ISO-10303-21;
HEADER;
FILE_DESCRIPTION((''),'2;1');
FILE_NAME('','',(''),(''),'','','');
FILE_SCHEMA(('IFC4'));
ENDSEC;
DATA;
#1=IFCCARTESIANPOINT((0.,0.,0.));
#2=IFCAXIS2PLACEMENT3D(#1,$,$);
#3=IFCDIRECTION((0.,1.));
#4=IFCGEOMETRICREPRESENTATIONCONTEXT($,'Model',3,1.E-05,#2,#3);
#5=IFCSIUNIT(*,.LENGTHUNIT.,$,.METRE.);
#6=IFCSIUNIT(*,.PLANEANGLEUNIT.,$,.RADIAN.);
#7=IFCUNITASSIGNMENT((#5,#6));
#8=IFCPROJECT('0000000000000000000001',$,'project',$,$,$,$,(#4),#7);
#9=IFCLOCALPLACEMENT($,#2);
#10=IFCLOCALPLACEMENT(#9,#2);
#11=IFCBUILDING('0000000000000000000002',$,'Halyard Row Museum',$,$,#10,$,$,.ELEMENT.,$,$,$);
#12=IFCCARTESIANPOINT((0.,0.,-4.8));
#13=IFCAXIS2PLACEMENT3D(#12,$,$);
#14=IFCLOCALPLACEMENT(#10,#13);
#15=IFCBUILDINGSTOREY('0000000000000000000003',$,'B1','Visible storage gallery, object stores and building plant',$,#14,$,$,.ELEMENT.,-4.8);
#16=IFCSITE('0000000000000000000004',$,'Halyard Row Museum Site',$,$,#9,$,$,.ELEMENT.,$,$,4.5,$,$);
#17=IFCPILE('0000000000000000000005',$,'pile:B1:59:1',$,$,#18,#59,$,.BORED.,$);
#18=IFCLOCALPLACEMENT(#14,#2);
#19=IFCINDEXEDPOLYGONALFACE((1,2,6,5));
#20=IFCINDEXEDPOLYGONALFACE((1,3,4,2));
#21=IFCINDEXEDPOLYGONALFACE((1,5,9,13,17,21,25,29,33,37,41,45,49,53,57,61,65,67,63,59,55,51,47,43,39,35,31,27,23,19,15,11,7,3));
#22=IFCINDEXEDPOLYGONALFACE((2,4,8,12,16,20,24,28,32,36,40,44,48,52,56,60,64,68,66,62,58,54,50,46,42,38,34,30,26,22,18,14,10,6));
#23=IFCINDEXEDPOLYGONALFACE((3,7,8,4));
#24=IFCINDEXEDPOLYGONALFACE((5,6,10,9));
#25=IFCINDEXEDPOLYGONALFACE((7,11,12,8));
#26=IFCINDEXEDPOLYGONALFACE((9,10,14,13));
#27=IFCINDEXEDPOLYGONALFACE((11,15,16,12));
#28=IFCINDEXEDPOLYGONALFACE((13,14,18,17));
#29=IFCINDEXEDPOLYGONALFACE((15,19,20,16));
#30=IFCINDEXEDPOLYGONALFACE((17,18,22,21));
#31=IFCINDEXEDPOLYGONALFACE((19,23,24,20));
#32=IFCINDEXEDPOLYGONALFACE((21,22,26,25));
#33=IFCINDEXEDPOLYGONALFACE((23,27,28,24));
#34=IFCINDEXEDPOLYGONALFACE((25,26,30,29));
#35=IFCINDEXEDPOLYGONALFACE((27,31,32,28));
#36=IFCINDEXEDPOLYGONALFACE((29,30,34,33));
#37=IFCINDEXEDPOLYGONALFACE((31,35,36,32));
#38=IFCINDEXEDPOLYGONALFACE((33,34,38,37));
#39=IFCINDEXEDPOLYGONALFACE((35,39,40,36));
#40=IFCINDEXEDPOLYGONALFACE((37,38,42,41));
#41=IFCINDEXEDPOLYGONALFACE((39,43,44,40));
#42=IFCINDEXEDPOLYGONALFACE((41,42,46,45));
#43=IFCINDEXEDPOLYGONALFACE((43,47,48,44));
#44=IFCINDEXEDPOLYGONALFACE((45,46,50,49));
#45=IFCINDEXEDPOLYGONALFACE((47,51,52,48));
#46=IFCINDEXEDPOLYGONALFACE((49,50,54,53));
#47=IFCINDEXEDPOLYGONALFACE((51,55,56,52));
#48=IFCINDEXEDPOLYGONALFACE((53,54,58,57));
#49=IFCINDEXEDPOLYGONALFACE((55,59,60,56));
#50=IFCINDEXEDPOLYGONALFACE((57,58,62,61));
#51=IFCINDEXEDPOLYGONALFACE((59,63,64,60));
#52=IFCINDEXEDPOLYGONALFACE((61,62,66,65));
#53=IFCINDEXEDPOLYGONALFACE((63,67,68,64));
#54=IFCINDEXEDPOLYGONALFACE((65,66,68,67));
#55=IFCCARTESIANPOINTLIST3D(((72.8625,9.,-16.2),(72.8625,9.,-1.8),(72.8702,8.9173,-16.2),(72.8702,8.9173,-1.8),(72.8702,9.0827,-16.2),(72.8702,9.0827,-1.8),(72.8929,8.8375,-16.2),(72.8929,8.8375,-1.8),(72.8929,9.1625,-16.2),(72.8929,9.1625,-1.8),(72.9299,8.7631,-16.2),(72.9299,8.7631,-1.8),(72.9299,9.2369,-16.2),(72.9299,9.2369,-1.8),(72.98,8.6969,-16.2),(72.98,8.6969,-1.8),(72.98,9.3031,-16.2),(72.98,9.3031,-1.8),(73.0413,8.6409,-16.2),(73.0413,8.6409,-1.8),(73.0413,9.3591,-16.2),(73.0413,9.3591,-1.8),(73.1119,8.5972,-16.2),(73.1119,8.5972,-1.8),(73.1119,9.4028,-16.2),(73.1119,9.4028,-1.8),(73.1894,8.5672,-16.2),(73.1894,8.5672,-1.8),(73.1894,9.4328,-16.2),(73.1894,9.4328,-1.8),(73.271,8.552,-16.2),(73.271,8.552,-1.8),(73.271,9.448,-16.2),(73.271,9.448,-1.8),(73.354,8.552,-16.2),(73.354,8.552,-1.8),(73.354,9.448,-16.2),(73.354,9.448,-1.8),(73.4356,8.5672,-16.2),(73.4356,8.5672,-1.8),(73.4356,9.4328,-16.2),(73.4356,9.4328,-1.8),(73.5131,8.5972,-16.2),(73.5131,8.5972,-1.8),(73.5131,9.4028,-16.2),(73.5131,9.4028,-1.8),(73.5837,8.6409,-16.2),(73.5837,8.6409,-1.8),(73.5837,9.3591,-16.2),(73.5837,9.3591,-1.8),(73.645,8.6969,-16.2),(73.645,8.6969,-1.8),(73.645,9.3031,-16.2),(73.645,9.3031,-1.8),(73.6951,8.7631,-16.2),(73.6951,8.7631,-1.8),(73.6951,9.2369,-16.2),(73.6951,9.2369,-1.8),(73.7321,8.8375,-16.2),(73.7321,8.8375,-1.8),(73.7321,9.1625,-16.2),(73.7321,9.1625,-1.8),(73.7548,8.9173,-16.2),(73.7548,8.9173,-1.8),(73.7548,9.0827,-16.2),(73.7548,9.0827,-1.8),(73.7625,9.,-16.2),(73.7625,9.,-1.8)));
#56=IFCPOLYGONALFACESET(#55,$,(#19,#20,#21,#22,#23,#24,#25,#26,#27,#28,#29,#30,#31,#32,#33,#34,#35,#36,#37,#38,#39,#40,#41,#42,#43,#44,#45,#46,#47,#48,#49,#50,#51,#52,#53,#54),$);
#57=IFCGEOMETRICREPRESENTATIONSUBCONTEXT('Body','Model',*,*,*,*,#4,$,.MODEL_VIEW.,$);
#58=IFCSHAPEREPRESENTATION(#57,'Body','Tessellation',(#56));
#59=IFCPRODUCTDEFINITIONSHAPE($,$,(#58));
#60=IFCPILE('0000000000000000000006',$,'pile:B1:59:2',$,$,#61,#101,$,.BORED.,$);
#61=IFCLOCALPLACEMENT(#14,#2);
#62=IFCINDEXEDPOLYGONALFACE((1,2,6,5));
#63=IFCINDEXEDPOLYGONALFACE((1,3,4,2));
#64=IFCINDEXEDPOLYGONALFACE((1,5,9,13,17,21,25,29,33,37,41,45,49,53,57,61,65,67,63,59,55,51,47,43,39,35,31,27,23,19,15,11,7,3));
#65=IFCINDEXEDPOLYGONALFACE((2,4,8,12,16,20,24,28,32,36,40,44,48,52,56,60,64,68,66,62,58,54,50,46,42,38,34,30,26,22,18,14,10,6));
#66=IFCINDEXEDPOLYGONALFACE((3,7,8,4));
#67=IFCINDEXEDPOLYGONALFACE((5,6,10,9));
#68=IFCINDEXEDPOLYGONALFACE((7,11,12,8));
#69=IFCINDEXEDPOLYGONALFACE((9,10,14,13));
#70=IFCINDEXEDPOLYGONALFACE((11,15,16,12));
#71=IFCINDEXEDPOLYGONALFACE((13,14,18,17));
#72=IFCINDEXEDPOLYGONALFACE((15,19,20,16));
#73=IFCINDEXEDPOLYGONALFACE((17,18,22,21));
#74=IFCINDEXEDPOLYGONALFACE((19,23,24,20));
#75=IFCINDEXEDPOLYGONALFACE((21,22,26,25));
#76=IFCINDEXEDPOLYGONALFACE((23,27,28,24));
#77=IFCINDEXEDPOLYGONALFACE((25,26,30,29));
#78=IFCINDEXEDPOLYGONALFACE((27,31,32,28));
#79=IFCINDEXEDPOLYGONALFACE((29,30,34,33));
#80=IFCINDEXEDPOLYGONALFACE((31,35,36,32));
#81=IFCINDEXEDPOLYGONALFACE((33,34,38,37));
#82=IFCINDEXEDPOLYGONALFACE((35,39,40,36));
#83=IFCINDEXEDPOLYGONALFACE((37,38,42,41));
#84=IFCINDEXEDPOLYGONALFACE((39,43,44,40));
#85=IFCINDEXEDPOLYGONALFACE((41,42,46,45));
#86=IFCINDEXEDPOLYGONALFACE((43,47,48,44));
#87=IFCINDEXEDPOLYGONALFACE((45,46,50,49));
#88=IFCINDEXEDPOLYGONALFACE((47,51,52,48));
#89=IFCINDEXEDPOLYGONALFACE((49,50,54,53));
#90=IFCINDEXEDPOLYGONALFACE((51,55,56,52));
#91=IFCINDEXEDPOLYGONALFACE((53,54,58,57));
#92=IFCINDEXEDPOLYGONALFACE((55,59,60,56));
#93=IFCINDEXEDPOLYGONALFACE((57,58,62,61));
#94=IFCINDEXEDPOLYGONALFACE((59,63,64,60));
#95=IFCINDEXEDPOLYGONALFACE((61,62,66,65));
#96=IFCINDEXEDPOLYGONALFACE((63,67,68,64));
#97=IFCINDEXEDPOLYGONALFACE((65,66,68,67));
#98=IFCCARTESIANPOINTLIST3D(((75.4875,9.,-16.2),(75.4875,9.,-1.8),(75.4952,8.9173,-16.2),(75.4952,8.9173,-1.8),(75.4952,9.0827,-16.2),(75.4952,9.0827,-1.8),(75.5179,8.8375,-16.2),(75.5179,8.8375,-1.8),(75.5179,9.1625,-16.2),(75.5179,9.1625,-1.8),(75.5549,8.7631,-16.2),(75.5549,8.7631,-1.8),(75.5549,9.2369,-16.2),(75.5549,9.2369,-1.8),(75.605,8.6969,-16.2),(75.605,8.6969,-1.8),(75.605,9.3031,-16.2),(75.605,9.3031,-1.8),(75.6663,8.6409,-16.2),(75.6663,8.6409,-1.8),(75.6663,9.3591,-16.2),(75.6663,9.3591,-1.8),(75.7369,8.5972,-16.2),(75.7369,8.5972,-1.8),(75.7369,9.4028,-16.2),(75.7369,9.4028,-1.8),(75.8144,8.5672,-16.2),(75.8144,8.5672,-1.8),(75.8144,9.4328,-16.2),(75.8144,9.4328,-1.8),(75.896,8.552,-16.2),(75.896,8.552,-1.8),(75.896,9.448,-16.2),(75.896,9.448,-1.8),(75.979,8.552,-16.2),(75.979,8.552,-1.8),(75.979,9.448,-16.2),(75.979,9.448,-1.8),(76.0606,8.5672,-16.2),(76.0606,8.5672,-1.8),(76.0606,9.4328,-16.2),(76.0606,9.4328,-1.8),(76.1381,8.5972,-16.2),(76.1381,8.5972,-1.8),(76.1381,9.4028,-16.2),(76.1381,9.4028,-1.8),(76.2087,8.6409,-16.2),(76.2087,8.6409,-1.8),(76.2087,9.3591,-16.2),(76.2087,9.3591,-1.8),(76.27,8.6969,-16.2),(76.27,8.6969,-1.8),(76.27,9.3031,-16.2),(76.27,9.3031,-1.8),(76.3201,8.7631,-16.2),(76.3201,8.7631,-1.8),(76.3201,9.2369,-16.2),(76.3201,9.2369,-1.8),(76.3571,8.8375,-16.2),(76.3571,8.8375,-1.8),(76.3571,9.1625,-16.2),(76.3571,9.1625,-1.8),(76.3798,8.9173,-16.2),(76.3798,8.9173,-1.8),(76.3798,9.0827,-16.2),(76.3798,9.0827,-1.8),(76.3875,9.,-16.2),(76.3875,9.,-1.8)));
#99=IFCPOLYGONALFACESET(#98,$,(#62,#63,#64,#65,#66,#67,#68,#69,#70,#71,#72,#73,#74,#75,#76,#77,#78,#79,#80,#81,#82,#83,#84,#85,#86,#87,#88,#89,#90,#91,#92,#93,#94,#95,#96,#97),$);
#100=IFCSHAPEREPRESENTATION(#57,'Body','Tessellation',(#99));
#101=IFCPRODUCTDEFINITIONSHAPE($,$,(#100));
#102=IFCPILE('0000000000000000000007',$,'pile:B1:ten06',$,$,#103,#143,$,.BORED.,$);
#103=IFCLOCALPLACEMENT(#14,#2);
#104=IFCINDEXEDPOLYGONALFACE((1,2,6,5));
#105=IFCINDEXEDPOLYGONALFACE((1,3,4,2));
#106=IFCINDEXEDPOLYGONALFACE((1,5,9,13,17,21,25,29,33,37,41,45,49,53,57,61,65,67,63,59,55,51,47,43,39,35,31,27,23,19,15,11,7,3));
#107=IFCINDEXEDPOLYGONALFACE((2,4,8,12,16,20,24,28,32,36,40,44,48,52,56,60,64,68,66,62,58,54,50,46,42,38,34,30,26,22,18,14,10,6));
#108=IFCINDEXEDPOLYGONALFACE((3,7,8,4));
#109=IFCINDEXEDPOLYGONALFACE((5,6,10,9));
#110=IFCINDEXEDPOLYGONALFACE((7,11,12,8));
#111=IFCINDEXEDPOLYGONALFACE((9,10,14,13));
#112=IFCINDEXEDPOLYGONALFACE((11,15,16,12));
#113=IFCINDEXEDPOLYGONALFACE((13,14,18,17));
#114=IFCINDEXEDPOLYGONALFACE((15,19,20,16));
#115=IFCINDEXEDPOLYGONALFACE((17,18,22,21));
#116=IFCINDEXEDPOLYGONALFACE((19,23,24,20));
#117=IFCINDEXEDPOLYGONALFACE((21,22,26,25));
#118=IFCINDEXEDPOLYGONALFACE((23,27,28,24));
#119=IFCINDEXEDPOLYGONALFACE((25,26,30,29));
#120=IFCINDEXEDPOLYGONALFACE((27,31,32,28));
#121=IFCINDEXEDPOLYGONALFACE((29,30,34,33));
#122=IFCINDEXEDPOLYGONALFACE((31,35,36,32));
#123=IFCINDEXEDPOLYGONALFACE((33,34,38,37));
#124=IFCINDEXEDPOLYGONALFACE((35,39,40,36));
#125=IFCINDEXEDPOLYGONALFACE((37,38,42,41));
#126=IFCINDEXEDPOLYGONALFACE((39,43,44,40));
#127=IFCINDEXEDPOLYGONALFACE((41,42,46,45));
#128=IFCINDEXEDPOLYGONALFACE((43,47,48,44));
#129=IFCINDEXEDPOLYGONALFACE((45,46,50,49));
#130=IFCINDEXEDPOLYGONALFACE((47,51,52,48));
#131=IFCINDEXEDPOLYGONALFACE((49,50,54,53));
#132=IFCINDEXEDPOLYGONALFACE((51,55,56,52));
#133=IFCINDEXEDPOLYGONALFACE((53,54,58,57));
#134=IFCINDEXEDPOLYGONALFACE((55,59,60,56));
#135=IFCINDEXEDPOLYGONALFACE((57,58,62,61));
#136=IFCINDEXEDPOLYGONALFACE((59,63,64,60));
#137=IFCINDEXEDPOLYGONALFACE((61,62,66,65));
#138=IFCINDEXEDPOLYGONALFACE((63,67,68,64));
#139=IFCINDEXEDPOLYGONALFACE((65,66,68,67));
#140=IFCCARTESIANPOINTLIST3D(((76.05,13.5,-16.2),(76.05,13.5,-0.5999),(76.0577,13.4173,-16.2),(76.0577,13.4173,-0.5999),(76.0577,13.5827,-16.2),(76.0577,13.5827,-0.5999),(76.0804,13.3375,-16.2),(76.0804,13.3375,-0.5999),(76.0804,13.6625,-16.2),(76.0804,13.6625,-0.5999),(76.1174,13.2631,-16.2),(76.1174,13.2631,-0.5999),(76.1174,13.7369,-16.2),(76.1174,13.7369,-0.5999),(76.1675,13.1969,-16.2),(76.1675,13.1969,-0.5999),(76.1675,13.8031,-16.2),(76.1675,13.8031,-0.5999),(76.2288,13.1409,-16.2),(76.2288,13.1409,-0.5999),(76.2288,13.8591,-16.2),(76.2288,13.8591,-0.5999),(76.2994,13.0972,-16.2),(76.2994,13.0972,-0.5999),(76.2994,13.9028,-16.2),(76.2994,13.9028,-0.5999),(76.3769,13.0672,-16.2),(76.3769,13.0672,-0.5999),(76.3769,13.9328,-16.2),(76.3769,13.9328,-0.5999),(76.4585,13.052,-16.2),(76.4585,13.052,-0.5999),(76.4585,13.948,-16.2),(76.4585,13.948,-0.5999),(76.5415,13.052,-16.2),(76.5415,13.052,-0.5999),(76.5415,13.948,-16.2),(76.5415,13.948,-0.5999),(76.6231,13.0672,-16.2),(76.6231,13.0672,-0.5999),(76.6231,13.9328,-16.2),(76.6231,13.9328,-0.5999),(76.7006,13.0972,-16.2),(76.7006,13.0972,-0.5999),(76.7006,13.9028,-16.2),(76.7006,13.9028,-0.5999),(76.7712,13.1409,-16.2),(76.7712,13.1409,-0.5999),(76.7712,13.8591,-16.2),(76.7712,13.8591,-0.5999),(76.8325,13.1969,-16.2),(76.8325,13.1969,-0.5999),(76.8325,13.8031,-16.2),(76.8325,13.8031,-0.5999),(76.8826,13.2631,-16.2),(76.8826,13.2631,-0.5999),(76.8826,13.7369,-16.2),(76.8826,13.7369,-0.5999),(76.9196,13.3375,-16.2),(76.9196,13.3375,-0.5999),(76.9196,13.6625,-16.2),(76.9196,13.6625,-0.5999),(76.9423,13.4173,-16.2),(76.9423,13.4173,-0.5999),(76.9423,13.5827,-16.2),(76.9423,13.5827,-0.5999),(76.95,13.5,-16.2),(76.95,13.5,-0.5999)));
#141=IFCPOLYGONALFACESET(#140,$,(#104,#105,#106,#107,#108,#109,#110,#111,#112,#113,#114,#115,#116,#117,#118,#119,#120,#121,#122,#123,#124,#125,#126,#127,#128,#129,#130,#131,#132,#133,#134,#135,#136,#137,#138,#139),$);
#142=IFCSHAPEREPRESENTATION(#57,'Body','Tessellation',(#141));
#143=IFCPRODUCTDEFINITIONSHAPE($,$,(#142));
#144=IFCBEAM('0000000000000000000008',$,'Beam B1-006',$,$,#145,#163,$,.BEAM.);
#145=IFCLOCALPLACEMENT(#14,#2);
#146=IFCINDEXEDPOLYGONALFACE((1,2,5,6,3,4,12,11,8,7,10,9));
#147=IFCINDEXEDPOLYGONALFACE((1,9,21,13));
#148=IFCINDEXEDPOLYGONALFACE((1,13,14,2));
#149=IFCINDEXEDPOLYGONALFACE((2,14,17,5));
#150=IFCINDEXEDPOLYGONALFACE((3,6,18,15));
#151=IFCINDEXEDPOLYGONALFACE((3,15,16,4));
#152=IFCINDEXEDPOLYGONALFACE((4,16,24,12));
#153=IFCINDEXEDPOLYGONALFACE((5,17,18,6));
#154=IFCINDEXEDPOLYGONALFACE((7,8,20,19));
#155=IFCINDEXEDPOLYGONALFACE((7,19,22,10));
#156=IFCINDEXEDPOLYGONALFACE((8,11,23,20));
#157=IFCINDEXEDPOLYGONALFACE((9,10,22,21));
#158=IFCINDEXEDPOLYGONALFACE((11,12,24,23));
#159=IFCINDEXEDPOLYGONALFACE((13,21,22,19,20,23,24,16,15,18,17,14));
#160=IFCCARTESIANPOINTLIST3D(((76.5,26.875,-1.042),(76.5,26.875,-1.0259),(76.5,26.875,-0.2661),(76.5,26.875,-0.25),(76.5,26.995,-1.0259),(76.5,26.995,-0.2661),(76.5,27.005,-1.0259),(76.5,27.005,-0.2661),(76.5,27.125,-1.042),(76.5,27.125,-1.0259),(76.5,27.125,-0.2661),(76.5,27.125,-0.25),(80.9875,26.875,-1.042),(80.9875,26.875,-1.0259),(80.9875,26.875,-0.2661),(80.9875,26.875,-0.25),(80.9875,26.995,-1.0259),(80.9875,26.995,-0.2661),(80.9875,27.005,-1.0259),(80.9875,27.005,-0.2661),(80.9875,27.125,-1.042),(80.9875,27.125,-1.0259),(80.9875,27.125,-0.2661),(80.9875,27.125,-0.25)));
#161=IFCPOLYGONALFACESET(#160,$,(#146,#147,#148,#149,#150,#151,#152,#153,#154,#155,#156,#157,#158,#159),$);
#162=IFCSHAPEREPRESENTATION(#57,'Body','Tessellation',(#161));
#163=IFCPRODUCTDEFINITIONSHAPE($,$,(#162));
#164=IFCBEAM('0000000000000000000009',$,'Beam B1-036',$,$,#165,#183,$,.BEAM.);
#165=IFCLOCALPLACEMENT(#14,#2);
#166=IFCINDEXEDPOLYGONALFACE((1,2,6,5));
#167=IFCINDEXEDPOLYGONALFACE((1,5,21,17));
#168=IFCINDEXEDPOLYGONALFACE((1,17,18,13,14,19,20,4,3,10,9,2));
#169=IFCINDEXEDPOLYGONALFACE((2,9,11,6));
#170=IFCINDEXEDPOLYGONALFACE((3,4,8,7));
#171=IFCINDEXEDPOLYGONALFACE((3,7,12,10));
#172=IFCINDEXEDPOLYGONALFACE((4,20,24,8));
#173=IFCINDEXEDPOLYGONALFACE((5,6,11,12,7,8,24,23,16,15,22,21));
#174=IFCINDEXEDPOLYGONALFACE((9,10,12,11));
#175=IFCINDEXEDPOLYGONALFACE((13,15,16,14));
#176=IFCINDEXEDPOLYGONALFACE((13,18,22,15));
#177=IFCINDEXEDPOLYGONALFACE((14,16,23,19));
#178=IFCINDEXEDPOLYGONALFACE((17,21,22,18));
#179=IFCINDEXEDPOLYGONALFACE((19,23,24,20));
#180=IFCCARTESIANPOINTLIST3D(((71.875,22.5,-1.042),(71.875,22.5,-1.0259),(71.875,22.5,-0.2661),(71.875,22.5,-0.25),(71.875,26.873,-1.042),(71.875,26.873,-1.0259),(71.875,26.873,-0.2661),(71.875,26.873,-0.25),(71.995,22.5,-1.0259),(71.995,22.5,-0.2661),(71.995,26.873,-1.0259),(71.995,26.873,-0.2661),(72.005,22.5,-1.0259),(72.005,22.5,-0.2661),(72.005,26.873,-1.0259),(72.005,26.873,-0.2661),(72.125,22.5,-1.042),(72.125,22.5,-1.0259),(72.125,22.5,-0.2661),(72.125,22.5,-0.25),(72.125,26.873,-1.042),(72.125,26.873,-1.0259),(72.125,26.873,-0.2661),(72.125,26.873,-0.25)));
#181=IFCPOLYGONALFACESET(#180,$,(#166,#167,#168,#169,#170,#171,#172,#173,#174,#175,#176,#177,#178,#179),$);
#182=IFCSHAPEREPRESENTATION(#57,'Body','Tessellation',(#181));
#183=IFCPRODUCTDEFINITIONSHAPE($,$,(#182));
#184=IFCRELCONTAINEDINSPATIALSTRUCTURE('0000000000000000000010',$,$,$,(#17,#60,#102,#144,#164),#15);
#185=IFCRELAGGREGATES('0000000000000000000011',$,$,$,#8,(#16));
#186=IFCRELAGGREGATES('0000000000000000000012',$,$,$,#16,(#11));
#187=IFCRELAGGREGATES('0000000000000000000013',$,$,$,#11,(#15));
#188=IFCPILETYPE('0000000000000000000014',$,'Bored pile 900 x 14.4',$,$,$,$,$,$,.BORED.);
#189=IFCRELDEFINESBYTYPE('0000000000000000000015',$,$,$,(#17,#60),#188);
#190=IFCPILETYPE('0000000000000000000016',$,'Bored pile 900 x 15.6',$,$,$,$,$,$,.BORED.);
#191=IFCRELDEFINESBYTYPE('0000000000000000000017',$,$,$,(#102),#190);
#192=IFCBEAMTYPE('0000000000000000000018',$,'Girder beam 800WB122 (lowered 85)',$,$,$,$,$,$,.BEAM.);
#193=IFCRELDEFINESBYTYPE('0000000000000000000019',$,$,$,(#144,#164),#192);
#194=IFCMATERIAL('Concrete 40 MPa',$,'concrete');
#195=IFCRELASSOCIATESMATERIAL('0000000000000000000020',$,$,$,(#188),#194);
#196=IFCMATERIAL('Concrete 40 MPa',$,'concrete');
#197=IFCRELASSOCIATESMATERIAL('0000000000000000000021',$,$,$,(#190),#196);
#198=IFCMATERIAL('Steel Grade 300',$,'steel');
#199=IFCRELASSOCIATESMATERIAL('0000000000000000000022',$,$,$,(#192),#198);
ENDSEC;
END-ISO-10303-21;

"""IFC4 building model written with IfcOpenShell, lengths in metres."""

from ifc_helpers import new_model, si_unit, direction, frame, origin, origin_2d, place, context, subcontext, project, spatial, circle, i_section, extrude, material, material_profile, profile_set, type_object, element, save


model = new_model("IFC4")

# Units and contexts
model_context = context("Model", 3, precision=1e-05, world=origin(), true_north=direction((0.0, 1.0)))
body_context = subcontext(model_context, "Body", "Model", "MODEL_VIEW")
ifc_project = project(units=[si_unit("LENGTHUNIT", "METRE"), si_unit("PLANEANGLEUNIT", "RADIAN")], contexts=[model_context])

# Site, building, storey
site_placement = place(None, origin())
site = spatial("IfcSite", under=ifc_project, at=site_placement, Name="Halyard Row Museum Site", CompositionType="ELEMENT", RefElevation=4.5)
building_placement = place(site_placement, origin())
building = spatial("IfcBuilding", under=site, at=building_placement, Name="Halyard Row Museum", CompositionType="ELEMENT")
storey_placement = place(building_placement, frame((0.0, 0.0, -4.8)))
storey = spatial("IfcBuildingStorey", under=building, at=storey_placement, Name="B1", Description="Visible storage gallery, object stores and building plant", CompositionType="ELEMENT", Elevation=-4.8)

# Piles
ifc_material_1 = material(Name="Concrete 40 MPa", Category="concrete")
ifc_material_profile_1 = material_profile(ifc_material_1, circle(Radius=0.45, at=origin_2d()), Name="Bored pile 900 x 14.4")
ifc_profile_set_1 = profile_set([ifc_material_profile_1], Name="Concrete 40 MPa")
pile_type_1 = type_object("IfcPileType", Name="Bored pile 900 x 14.4", PredefinedType="BORED", material=ifc_profile_set_1)
for number, where, z_axis, x_axis, name in (
    (1, (73.3125, 9.0, -1.8), (0.0, 0.0, -1.0), (1.0, 0.0, 0.0), "pile:B1:59:1"),
    (2, (75.9375, 9.0, -1.8), (0.0, 0.0, -1.0), (1.0, 0.0, 0.0), "pile:B1:59:2"),
):
    element("IfcPile", number, at=place(storey_placement, frame(where, z_axis=z_axis, x_axis=x_axis)), inside=storey, type_object=pile_type_1, Name=name, PredefinedType="BORED", context=body_context, shape_type="SweptSolid", body=[
        extrude(circle(Radius=0.45, at=origin_2d()), origin(), (0.0, 0.0, 1.0), 14.3999),
    ])
ifc_material_2 = material(Name="Concrete 40 MPa", Category="concrete")
ifc_material_profile_2 = material_profile(ifc_material_2, circle(Radius=0.45, at=origin_2d()), Name="Bored pile 900 x 15.6")
ifc_profile_set_2 = profile_set([ifc_material_profile_2], Name="Concrete 40 MPa")
pile_type_2 = type_object("IfcPileType", Name="Bored pile 900 x 15.6", PredefinedType="BORED", material=ifc_profile_set_2)
pile_1_placement = place(storey_placement, frame((76.5, 13.5, -0.5999), z_axis=(0.0, 0.0, -1.0), x_axis=(1.0, 0.0, 0.0)))
element("IfcPile", 3, at=pile_1_placement, inside=storey, type_object=pile_type_2, Name="pile:B1:ten06", PredefinedType="BORED", context=body_context, shape_type="SweptSolid", body=[
    extrude(circle(Radius=0.45, at=origin_2d()), origin(), (0.0, 0.0, 1.0), 15.6001),
])

# Beams
ifc_material_3 = material(Name="Steel Grade 300", Category="steel")
ifc_material_profile_3 = material_profile(ifc_material_3, i_section(OverallWidth=0.25, OverallDepth=0.792, WebThickness=0.01, FlangeThickness=0.0161, at=origin_2d()), Name="800WB122")
ifc_profile_set_3 = profile_set([ifc_material_profile_3], Name="Steel Grade 300")
beam_type_1 = type_object("IfcBeamType", Name="Girder beam 800WB122 (lowered 85)", PredefinedType="BEAM", material=ifc_profile_set_3)
beam_1_placement = place(storey_placement, frame((76.5, 27.0, -0.646), z_axis=(1.0, 0.0, 0.0), x_axis=(0.0, 1.0, 0.0)))
element("IfcBeam", 4, at=beam_1_placement, inside=storey, type_object=beam_type_1, Name="Beam B1-006", PredefinedType="BEAM", context=body_context, shape_type="SweptSolid", body=[
    extrude(i_section(OverallWidth=0.25, OverallDepth=0.792, WebThickness=0.01, FlangeThickness=0.0161, at=origin_2d()), origin(), (0.0, 0.0, 1.0), 4.4875),
])
beam_2_placement = place(storey_placement, frame((72.0, 22.5, -0.646), z_axis=(0.0, 1.0, 0.0), x_axis=(-1.0, 0.0, 0.0)))
element("IfcBeam", 5, at=beam_2_placement, inside=storey, type_object=beam_type_1, Name="Beam B1-036", PredefinedType="BEAM", context=body_context, shape_type="SweptSolid", body=[
    extrude(i_section(OverallWidth=0.25, OverallDepth=0.792, WebThickness=0.01, FlangeThickness=0.0161, at=origin_2d()), origin(), (0.0, 0.0, 1.0), 4.373),
])

save(model, "model.ifc")
